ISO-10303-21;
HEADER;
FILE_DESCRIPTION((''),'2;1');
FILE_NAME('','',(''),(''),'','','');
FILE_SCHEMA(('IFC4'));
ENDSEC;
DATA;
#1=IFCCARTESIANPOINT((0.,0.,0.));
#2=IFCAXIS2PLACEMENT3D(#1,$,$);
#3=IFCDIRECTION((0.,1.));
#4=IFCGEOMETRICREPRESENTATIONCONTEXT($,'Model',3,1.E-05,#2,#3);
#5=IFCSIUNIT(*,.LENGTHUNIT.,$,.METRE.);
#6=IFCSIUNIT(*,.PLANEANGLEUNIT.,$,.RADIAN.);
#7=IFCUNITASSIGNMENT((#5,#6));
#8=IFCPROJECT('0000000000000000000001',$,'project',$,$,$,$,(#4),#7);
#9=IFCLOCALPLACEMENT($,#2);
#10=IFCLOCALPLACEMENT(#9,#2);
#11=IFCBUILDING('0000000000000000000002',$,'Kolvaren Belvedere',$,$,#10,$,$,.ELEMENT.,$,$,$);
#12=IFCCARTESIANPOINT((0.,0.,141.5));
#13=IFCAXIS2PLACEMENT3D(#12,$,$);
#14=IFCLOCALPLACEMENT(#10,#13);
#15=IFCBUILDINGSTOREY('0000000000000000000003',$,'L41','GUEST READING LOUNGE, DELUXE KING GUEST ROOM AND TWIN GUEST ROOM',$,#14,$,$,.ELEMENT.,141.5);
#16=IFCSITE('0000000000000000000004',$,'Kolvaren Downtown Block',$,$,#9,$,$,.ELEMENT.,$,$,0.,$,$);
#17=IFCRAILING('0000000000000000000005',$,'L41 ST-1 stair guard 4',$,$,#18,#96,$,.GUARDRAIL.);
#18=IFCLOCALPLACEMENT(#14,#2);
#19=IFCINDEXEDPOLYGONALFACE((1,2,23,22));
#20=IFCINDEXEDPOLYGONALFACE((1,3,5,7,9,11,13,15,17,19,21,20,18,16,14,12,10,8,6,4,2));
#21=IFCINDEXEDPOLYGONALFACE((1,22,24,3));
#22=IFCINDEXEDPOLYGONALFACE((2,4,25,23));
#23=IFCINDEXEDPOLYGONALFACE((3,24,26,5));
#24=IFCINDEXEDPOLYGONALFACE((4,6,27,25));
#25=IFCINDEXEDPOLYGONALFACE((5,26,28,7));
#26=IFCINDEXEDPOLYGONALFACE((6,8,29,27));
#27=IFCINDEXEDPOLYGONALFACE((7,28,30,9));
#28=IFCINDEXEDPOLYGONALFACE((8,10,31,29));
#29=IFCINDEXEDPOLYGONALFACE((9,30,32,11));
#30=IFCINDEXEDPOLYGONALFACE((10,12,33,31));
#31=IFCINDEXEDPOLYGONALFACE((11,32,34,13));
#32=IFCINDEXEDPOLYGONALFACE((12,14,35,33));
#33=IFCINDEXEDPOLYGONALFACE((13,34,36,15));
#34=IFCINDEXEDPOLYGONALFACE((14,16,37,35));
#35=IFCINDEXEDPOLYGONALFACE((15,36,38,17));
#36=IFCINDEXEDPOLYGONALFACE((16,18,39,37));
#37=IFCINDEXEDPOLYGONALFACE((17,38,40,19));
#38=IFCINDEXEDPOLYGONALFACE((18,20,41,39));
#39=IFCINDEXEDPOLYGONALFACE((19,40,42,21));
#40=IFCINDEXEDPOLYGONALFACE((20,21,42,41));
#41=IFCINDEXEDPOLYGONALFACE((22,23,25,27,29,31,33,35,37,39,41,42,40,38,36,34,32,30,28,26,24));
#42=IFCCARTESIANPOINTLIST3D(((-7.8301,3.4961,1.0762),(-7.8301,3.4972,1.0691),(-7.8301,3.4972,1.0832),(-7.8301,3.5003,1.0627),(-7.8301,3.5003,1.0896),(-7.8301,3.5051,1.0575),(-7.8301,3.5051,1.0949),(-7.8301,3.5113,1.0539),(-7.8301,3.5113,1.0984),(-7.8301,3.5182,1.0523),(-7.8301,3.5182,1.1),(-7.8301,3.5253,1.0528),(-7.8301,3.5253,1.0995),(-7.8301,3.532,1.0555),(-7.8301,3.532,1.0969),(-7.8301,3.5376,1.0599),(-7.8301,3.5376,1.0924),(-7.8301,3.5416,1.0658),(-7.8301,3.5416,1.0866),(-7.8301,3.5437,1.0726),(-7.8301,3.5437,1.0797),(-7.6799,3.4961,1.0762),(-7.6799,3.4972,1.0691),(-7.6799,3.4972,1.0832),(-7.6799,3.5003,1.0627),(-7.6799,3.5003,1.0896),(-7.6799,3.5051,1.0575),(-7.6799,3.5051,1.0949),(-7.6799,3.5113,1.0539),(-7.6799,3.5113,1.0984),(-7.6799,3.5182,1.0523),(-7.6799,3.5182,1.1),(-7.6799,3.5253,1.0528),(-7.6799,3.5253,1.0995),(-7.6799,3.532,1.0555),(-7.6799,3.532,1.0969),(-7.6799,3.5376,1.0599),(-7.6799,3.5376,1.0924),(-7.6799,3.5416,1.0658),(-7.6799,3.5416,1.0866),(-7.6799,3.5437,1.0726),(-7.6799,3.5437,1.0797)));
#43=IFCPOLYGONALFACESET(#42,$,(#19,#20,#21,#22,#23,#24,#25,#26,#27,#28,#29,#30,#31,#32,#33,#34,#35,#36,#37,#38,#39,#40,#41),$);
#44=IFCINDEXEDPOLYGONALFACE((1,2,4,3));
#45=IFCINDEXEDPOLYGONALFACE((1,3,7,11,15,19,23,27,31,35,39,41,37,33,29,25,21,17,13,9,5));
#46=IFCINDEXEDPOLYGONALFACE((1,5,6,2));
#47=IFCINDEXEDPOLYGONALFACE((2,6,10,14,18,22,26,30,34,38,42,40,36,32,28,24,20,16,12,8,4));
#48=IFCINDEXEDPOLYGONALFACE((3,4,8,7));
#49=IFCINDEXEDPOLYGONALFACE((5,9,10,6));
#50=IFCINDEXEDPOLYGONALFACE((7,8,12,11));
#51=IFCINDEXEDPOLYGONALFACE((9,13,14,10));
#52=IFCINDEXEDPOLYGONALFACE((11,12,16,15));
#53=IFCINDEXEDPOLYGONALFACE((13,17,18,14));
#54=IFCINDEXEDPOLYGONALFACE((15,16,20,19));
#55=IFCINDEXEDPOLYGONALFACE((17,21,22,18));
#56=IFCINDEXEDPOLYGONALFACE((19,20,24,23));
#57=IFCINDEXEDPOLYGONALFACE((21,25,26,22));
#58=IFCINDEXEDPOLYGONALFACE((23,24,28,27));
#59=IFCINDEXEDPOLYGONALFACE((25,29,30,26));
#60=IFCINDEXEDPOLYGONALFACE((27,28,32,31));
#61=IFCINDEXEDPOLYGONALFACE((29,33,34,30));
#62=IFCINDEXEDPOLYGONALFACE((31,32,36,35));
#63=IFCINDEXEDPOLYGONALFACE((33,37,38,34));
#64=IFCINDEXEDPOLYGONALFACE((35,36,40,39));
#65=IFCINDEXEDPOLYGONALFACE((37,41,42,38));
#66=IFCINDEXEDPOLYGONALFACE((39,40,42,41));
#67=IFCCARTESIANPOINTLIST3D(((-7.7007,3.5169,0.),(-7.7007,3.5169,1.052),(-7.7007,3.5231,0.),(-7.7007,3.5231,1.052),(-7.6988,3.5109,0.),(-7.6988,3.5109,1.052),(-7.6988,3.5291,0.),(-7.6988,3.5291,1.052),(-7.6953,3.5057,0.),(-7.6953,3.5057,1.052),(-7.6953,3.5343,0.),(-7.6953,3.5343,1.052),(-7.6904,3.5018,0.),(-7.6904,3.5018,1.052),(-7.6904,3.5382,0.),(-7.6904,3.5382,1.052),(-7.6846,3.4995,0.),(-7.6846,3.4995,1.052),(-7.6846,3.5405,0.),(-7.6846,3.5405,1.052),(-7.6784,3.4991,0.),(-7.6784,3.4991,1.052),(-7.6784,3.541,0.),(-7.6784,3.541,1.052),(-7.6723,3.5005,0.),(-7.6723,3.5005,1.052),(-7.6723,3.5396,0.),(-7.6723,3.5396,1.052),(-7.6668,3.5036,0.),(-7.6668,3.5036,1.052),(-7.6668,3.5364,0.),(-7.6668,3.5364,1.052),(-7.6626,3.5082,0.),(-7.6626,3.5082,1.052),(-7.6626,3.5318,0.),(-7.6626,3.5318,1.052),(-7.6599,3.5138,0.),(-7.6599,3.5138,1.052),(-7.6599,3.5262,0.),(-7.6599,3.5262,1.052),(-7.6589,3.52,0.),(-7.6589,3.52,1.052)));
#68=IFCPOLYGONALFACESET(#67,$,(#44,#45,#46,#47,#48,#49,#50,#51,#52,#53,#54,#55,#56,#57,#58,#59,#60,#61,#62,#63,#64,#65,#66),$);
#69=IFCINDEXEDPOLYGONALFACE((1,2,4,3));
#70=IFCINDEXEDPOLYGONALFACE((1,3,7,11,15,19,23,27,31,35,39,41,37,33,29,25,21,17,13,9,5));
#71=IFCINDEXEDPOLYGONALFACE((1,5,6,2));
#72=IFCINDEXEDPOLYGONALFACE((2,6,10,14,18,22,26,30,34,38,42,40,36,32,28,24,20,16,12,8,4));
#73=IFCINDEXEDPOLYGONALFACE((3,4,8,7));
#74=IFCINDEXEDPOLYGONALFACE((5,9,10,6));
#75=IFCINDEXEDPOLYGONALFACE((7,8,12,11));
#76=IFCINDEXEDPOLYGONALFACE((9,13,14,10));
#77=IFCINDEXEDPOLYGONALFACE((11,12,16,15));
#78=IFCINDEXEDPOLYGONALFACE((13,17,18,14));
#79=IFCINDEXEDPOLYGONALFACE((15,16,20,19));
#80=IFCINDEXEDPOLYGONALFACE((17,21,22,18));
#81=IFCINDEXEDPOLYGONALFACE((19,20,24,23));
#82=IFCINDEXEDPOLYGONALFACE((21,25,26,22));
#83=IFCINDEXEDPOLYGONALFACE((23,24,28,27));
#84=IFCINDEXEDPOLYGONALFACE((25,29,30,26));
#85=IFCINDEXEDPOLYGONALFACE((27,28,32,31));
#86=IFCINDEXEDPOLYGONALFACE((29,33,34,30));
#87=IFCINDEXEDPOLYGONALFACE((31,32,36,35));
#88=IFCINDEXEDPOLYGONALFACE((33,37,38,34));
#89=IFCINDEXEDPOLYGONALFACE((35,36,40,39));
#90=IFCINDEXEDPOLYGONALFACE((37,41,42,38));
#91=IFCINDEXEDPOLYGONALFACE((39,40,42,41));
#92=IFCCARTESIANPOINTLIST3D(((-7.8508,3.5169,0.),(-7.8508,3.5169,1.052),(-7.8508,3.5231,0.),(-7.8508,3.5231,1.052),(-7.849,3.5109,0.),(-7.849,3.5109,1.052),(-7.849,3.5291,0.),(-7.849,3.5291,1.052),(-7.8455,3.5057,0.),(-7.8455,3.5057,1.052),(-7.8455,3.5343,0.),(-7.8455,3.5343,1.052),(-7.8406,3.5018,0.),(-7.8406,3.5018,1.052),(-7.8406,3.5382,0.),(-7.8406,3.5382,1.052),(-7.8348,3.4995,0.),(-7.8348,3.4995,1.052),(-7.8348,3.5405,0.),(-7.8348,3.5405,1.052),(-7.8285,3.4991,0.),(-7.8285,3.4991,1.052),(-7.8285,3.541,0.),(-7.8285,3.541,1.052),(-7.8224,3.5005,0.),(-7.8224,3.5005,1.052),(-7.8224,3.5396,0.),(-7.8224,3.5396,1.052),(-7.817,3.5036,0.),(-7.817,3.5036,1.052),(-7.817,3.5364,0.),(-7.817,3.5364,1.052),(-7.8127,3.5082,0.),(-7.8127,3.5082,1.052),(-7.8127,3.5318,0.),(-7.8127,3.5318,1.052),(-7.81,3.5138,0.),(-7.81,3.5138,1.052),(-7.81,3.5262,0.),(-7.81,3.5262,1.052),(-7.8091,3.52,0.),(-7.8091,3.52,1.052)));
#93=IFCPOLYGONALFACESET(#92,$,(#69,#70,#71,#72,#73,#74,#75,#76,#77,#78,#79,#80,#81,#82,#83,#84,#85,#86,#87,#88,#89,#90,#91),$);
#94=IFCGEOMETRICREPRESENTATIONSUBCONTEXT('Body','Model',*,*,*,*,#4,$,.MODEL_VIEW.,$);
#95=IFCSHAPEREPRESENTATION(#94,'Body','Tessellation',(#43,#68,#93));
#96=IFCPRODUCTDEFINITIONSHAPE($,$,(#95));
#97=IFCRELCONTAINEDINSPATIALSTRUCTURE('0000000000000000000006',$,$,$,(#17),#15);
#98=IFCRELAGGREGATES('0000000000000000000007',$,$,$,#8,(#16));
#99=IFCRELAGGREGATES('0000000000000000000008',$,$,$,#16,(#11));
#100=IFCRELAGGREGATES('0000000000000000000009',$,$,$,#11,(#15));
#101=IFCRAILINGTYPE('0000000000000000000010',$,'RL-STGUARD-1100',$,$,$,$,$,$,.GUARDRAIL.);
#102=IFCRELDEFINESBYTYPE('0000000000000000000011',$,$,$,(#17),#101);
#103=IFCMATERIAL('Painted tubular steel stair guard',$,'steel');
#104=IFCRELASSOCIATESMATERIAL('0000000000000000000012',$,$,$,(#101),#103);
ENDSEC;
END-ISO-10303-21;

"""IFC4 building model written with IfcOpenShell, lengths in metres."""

from ifc_helpers import new_model, si_unit, direction, frame, origin, origin_2d, place, context, subcontext, project, spatial, circle, extrude, material, type_object, element, save


model = new_model("IFC4")

# Units and contexts
model_context = context("Model", 3, precision=1e-05, world=origin(), true_north=direction((0.0, 1.0)))
body_context = subcontext(model_context, "Body", "Model", "MODEL_VIEW")
ifc_project = project(units=[si_unit("LENGTHUNIT", "METRE"), si_unit("PLANEANGLEUNIT", "RADIAN")], contexts=[model_context])

# Site, building, storey
site_placement = place(None, origin())
site = spatial("IfcSite", under=ifc_project, at=site_placement, Name="Kolvaren Downtown Block", CompositionType="ELEMENT", RefElevation=0.0)
building_placement = place(site_placement, origin())
building = spatial("IfcBuilding", under=site, at=building_placement, Name="Kolvaren Belvedere", CompositionType="ELEMENT")
storey_placement = place(building_placement, frame((0.0, 0.0, 141.5)))
storey = spatial("IfcBuildingStorey", under=building, at=storey_placement, Name="L41", Description="GUEST READING LOUNGE, DELUXE KING GUEST ROOM AND TWIN GUEST ROOM", CompositionType="ELEMENT", Elevation=141.5)

# Railing
ifc_material_1 = material(Name="Painted tubular steel stair guard", Category="steel")
railing_type_1 = type_object("IfcRailingType", Name="RL-STGUARD-1100", PredefinedType="GUARDRAIL", material=ifc_material_1)
railing_1_placement = place(storey_placement, frame((-7.6799, 3.52, 0.0)))
element("IfcRailing", 1, at=railing_1_placement, inside=storey, type_object=railing_type_1, Name="L41 ST-1 stair guard 4", PredefinedType="GUARDRAIL", context=body_context, shape_type="SweptSolid", body=[
    extrude(circle(Radius=0.0239, at=origin_2d()), frame((0.0, 0.0, 1.0762), z_axis=(-1.0, 0.0, 0.0), x_axis=(0.0, -1.0, 0.0)), (0.0, 0.0, 1.0), 0.1501),
    extrude(circle(Radius=0.021, at=origin_2d()), origin(), (0.0, 0.0, 1.0), 1.052),
    extrude(circle(Radius=0.021, at=origin_2d()), frame((-0.1501, 0.0, 0.0)), (0.0, 0.0, 1.0), 1.052),
])

save(model, "model.ifc")
